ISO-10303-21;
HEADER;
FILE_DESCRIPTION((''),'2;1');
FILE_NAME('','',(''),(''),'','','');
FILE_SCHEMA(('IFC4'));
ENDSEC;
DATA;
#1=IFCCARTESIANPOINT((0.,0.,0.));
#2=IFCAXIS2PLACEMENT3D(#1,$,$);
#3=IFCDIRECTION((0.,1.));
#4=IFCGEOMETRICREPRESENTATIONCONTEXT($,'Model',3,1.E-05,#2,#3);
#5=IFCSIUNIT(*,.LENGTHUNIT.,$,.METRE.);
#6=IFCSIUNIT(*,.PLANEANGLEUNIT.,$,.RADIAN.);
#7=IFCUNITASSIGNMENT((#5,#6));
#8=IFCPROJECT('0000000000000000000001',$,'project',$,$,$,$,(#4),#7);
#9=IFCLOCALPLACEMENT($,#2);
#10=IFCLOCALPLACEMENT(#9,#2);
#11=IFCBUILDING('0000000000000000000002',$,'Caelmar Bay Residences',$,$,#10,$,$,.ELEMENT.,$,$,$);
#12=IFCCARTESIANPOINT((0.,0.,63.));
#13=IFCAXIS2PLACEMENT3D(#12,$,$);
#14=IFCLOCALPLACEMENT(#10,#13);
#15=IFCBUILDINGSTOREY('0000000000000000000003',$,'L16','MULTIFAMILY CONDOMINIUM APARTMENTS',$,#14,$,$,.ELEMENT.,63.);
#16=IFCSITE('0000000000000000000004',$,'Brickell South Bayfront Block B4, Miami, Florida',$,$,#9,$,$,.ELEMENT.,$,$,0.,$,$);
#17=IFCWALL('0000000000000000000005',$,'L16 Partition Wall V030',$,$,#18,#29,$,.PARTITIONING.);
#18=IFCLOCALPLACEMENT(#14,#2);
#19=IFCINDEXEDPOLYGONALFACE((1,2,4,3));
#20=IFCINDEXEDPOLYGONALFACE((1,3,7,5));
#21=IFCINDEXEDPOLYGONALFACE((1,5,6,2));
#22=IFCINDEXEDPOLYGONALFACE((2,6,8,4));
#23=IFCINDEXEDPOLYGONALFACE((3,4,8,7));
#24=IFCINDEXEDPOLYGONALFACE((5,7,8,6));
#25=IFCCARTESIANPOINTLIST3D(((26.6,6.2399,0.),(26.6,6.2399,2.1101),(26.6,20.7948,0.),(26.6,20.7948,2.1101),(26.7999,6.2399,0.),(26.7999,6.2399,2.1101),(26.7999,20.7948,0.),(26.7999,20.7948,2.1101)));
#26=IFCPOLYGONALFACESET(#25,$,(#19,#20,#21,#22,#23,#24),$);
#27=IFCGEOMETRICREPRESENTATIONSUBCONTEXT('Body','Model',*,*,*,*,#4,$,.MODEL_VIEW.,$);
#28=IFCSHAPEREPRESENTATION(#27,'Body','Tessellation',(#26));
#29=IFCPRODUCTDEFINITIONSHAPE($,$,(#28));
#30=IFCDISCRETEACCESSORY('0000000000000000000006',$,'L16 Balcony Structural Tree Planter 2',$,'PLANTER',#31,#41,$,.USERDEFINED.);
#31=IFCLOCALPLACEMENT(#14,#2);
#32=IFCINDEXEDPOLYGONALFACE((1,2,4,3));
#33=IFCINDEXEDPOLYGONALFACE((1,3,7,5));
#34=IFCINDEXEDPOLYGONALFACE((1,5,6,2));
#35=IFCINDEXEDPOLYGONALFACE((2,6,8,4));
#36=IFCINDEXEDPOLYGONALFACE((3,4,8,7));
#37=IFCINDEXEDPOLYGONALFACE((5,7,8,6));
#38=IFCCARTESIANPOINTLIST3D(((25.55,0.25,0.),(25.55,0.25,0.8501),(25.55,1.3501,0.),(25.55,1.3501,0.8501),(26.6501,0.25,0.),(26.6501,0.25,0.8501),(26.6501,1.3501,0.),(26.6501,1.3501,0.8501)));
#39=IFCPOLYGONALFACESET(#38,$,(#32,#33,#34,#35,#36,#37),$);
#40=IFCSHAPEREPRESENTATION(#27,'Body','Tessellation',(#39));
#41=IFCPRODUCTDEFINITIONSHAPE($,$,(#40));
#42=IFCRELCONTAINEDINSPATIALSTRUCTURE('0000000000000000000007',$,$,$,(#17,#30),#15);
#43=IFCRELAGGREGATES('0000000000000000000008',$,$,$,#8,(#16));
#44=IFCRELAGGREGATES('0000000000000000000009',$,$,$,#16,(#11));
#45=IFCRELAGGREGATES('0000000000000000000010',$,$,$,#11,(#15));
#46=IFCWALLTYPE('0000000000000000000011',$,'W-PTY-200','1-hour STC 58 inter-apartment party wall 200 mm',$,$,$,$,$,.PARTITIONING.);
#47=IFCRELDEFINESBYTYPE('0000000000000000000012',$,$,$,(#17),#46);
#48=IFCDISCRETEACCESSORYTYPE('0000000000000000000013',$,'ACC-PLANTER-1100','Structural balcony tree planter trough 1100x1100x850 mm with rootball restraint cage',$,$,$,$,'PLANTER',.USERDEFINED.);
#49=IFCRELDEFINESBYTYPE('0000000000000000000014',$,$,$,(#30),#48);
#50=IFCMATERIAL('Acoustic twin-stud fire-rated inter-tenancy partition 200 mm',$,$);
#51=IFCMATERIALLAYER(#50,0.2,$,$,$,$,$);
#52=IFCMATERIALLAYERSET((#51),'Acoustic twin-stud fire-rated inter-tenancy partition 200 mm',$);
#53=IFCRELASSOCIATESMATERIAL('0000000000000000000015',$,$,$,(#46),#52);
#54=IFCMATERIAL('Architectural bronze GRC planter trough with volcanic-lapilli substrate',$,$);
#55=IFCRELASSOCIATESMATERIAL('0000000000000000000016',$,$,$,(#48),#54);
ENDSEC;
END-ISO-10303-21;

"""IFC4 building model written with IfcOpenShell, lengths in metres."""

from ifc_helpers import new_model, si_unit, direction, frame, frame_2d, origin, origin_2d, place, context, subcontext, project, spatial, rectangle, extrude, material, layer, layer_set, type_object, element, save


model = new_model("IFC4")

# Units and contexts
model_context = context("Model", 3, precision=1e-05, world=origin(), true_north=direction((0.0, 1.0)))
body_context = subcontext(model_context, "Body", "Model", "MODEL_VIEW")
ifc_project = project(units=[si_unit("LENGTHUNIT", "METRE"), si_unit("PLANEANGLEUNIT", "RADIAN")], contexts=[model_context])

# Site, building, storey
site_placement = place(None, origin())
site = spatial("IfcSite", under=ifc_project, at=site_placement, Name="Brickell South Bayfront Block B4, Miami, Florida", CompositionType="ELEMENT", RefElevation=0.0)
building_placement = place(site_placement, origin())
building = spatial("IfcBuilding", under=site, at=building_placement, Name="Caelmar Bay Residences", CompositionType="ELEMENT")
storey_placement = place(building_placement, frame((0.0, 0.0, 63.0)))
storey = spatial("IfcBuildingStorey", under=building, at=storey_placement, Name="L16", Description="MULTIFAMILY CONDOMINIUM APARTMENTS", CompositionType="ELEMENT", Elevation=63.0)

# Wall
ifc_material_1 = material(Name="Acoustic twin-stud fire-rated inter-tenancy partition 200 mm")
ifc_layer_1 = layer(ifc_material_1, 0.2)
ifc_layer_set_1 = layer_set([ifc_layer_1], Name="Acoustic twin-stud fire-rated inter-tenancy partition 200 mm")
wall_type_1 = type_object("IfcWallType", Name="W-PTY-200", Description="1-hour STC 58 inter-apartment party wall 200 mm", PredefinedType="PARTITIONING", material=ifc_layer_set_1)
wall_1_placement = place(storey_placement, frame((26.7, 6.24, 0.0), z_axis=(0.0, 0.0, 1.0), x_axis=(0.0, 1.0, 0.0)))
element("IfcWall", 1, at=wall_1_placement, inside=storey, type_object=wall_type_1, Name="L16 Partition Wall V030", PredefinedType="PARTITIONING", context=body_context, shape_type="SweptSolid", body=[
    extrude(rectangle(XDim=14.5549, YDim=0.2, at=frame_2d((7.2773, 0.0))), origin(), (0.0, 0.0, 1.0), 2.1101),
])

# Discrete accessory
ifc_material_2 = material(Name="Architectural bronze GRC planter trough with volcanic-lapilli substrate")
discrete_accessory_type = type_object("IfcDiscreteAccessoryType", Name="ACC-PLANTER-1100", Description="Structural balcony tree planter trough 1100x1100x850 mm with rootball restraint cage", ElementType="PLANTER", PredefinedType="USERDEFINED", material=ifc_material_2)
discrete_accessory_placement = place(storey_placement, frame((26.1001, 0.8, 0.0), z_axis=(0.0, 0.0, 1.0), x_axis=(1.0, 0.0, 0.0)))
element("IfcDiscreteAccessory", 2, at=discrete_accessory_placement, inside=storey, type_object=discrete_accessory_type, Name="L16 Balcony Structural Tree Planter 2", ObjectType="PLANTER", PredefinedType="USERDEFINED", context=body_context, shape_type="SweptSolid", body=[
    extrude(rectangle(XDim=1.1001, YDim=1.1001, at=origin_2d()), origin(), (0.0, 0.0, 1.0), 0.8501),
])

save(model, "model.ifc")
